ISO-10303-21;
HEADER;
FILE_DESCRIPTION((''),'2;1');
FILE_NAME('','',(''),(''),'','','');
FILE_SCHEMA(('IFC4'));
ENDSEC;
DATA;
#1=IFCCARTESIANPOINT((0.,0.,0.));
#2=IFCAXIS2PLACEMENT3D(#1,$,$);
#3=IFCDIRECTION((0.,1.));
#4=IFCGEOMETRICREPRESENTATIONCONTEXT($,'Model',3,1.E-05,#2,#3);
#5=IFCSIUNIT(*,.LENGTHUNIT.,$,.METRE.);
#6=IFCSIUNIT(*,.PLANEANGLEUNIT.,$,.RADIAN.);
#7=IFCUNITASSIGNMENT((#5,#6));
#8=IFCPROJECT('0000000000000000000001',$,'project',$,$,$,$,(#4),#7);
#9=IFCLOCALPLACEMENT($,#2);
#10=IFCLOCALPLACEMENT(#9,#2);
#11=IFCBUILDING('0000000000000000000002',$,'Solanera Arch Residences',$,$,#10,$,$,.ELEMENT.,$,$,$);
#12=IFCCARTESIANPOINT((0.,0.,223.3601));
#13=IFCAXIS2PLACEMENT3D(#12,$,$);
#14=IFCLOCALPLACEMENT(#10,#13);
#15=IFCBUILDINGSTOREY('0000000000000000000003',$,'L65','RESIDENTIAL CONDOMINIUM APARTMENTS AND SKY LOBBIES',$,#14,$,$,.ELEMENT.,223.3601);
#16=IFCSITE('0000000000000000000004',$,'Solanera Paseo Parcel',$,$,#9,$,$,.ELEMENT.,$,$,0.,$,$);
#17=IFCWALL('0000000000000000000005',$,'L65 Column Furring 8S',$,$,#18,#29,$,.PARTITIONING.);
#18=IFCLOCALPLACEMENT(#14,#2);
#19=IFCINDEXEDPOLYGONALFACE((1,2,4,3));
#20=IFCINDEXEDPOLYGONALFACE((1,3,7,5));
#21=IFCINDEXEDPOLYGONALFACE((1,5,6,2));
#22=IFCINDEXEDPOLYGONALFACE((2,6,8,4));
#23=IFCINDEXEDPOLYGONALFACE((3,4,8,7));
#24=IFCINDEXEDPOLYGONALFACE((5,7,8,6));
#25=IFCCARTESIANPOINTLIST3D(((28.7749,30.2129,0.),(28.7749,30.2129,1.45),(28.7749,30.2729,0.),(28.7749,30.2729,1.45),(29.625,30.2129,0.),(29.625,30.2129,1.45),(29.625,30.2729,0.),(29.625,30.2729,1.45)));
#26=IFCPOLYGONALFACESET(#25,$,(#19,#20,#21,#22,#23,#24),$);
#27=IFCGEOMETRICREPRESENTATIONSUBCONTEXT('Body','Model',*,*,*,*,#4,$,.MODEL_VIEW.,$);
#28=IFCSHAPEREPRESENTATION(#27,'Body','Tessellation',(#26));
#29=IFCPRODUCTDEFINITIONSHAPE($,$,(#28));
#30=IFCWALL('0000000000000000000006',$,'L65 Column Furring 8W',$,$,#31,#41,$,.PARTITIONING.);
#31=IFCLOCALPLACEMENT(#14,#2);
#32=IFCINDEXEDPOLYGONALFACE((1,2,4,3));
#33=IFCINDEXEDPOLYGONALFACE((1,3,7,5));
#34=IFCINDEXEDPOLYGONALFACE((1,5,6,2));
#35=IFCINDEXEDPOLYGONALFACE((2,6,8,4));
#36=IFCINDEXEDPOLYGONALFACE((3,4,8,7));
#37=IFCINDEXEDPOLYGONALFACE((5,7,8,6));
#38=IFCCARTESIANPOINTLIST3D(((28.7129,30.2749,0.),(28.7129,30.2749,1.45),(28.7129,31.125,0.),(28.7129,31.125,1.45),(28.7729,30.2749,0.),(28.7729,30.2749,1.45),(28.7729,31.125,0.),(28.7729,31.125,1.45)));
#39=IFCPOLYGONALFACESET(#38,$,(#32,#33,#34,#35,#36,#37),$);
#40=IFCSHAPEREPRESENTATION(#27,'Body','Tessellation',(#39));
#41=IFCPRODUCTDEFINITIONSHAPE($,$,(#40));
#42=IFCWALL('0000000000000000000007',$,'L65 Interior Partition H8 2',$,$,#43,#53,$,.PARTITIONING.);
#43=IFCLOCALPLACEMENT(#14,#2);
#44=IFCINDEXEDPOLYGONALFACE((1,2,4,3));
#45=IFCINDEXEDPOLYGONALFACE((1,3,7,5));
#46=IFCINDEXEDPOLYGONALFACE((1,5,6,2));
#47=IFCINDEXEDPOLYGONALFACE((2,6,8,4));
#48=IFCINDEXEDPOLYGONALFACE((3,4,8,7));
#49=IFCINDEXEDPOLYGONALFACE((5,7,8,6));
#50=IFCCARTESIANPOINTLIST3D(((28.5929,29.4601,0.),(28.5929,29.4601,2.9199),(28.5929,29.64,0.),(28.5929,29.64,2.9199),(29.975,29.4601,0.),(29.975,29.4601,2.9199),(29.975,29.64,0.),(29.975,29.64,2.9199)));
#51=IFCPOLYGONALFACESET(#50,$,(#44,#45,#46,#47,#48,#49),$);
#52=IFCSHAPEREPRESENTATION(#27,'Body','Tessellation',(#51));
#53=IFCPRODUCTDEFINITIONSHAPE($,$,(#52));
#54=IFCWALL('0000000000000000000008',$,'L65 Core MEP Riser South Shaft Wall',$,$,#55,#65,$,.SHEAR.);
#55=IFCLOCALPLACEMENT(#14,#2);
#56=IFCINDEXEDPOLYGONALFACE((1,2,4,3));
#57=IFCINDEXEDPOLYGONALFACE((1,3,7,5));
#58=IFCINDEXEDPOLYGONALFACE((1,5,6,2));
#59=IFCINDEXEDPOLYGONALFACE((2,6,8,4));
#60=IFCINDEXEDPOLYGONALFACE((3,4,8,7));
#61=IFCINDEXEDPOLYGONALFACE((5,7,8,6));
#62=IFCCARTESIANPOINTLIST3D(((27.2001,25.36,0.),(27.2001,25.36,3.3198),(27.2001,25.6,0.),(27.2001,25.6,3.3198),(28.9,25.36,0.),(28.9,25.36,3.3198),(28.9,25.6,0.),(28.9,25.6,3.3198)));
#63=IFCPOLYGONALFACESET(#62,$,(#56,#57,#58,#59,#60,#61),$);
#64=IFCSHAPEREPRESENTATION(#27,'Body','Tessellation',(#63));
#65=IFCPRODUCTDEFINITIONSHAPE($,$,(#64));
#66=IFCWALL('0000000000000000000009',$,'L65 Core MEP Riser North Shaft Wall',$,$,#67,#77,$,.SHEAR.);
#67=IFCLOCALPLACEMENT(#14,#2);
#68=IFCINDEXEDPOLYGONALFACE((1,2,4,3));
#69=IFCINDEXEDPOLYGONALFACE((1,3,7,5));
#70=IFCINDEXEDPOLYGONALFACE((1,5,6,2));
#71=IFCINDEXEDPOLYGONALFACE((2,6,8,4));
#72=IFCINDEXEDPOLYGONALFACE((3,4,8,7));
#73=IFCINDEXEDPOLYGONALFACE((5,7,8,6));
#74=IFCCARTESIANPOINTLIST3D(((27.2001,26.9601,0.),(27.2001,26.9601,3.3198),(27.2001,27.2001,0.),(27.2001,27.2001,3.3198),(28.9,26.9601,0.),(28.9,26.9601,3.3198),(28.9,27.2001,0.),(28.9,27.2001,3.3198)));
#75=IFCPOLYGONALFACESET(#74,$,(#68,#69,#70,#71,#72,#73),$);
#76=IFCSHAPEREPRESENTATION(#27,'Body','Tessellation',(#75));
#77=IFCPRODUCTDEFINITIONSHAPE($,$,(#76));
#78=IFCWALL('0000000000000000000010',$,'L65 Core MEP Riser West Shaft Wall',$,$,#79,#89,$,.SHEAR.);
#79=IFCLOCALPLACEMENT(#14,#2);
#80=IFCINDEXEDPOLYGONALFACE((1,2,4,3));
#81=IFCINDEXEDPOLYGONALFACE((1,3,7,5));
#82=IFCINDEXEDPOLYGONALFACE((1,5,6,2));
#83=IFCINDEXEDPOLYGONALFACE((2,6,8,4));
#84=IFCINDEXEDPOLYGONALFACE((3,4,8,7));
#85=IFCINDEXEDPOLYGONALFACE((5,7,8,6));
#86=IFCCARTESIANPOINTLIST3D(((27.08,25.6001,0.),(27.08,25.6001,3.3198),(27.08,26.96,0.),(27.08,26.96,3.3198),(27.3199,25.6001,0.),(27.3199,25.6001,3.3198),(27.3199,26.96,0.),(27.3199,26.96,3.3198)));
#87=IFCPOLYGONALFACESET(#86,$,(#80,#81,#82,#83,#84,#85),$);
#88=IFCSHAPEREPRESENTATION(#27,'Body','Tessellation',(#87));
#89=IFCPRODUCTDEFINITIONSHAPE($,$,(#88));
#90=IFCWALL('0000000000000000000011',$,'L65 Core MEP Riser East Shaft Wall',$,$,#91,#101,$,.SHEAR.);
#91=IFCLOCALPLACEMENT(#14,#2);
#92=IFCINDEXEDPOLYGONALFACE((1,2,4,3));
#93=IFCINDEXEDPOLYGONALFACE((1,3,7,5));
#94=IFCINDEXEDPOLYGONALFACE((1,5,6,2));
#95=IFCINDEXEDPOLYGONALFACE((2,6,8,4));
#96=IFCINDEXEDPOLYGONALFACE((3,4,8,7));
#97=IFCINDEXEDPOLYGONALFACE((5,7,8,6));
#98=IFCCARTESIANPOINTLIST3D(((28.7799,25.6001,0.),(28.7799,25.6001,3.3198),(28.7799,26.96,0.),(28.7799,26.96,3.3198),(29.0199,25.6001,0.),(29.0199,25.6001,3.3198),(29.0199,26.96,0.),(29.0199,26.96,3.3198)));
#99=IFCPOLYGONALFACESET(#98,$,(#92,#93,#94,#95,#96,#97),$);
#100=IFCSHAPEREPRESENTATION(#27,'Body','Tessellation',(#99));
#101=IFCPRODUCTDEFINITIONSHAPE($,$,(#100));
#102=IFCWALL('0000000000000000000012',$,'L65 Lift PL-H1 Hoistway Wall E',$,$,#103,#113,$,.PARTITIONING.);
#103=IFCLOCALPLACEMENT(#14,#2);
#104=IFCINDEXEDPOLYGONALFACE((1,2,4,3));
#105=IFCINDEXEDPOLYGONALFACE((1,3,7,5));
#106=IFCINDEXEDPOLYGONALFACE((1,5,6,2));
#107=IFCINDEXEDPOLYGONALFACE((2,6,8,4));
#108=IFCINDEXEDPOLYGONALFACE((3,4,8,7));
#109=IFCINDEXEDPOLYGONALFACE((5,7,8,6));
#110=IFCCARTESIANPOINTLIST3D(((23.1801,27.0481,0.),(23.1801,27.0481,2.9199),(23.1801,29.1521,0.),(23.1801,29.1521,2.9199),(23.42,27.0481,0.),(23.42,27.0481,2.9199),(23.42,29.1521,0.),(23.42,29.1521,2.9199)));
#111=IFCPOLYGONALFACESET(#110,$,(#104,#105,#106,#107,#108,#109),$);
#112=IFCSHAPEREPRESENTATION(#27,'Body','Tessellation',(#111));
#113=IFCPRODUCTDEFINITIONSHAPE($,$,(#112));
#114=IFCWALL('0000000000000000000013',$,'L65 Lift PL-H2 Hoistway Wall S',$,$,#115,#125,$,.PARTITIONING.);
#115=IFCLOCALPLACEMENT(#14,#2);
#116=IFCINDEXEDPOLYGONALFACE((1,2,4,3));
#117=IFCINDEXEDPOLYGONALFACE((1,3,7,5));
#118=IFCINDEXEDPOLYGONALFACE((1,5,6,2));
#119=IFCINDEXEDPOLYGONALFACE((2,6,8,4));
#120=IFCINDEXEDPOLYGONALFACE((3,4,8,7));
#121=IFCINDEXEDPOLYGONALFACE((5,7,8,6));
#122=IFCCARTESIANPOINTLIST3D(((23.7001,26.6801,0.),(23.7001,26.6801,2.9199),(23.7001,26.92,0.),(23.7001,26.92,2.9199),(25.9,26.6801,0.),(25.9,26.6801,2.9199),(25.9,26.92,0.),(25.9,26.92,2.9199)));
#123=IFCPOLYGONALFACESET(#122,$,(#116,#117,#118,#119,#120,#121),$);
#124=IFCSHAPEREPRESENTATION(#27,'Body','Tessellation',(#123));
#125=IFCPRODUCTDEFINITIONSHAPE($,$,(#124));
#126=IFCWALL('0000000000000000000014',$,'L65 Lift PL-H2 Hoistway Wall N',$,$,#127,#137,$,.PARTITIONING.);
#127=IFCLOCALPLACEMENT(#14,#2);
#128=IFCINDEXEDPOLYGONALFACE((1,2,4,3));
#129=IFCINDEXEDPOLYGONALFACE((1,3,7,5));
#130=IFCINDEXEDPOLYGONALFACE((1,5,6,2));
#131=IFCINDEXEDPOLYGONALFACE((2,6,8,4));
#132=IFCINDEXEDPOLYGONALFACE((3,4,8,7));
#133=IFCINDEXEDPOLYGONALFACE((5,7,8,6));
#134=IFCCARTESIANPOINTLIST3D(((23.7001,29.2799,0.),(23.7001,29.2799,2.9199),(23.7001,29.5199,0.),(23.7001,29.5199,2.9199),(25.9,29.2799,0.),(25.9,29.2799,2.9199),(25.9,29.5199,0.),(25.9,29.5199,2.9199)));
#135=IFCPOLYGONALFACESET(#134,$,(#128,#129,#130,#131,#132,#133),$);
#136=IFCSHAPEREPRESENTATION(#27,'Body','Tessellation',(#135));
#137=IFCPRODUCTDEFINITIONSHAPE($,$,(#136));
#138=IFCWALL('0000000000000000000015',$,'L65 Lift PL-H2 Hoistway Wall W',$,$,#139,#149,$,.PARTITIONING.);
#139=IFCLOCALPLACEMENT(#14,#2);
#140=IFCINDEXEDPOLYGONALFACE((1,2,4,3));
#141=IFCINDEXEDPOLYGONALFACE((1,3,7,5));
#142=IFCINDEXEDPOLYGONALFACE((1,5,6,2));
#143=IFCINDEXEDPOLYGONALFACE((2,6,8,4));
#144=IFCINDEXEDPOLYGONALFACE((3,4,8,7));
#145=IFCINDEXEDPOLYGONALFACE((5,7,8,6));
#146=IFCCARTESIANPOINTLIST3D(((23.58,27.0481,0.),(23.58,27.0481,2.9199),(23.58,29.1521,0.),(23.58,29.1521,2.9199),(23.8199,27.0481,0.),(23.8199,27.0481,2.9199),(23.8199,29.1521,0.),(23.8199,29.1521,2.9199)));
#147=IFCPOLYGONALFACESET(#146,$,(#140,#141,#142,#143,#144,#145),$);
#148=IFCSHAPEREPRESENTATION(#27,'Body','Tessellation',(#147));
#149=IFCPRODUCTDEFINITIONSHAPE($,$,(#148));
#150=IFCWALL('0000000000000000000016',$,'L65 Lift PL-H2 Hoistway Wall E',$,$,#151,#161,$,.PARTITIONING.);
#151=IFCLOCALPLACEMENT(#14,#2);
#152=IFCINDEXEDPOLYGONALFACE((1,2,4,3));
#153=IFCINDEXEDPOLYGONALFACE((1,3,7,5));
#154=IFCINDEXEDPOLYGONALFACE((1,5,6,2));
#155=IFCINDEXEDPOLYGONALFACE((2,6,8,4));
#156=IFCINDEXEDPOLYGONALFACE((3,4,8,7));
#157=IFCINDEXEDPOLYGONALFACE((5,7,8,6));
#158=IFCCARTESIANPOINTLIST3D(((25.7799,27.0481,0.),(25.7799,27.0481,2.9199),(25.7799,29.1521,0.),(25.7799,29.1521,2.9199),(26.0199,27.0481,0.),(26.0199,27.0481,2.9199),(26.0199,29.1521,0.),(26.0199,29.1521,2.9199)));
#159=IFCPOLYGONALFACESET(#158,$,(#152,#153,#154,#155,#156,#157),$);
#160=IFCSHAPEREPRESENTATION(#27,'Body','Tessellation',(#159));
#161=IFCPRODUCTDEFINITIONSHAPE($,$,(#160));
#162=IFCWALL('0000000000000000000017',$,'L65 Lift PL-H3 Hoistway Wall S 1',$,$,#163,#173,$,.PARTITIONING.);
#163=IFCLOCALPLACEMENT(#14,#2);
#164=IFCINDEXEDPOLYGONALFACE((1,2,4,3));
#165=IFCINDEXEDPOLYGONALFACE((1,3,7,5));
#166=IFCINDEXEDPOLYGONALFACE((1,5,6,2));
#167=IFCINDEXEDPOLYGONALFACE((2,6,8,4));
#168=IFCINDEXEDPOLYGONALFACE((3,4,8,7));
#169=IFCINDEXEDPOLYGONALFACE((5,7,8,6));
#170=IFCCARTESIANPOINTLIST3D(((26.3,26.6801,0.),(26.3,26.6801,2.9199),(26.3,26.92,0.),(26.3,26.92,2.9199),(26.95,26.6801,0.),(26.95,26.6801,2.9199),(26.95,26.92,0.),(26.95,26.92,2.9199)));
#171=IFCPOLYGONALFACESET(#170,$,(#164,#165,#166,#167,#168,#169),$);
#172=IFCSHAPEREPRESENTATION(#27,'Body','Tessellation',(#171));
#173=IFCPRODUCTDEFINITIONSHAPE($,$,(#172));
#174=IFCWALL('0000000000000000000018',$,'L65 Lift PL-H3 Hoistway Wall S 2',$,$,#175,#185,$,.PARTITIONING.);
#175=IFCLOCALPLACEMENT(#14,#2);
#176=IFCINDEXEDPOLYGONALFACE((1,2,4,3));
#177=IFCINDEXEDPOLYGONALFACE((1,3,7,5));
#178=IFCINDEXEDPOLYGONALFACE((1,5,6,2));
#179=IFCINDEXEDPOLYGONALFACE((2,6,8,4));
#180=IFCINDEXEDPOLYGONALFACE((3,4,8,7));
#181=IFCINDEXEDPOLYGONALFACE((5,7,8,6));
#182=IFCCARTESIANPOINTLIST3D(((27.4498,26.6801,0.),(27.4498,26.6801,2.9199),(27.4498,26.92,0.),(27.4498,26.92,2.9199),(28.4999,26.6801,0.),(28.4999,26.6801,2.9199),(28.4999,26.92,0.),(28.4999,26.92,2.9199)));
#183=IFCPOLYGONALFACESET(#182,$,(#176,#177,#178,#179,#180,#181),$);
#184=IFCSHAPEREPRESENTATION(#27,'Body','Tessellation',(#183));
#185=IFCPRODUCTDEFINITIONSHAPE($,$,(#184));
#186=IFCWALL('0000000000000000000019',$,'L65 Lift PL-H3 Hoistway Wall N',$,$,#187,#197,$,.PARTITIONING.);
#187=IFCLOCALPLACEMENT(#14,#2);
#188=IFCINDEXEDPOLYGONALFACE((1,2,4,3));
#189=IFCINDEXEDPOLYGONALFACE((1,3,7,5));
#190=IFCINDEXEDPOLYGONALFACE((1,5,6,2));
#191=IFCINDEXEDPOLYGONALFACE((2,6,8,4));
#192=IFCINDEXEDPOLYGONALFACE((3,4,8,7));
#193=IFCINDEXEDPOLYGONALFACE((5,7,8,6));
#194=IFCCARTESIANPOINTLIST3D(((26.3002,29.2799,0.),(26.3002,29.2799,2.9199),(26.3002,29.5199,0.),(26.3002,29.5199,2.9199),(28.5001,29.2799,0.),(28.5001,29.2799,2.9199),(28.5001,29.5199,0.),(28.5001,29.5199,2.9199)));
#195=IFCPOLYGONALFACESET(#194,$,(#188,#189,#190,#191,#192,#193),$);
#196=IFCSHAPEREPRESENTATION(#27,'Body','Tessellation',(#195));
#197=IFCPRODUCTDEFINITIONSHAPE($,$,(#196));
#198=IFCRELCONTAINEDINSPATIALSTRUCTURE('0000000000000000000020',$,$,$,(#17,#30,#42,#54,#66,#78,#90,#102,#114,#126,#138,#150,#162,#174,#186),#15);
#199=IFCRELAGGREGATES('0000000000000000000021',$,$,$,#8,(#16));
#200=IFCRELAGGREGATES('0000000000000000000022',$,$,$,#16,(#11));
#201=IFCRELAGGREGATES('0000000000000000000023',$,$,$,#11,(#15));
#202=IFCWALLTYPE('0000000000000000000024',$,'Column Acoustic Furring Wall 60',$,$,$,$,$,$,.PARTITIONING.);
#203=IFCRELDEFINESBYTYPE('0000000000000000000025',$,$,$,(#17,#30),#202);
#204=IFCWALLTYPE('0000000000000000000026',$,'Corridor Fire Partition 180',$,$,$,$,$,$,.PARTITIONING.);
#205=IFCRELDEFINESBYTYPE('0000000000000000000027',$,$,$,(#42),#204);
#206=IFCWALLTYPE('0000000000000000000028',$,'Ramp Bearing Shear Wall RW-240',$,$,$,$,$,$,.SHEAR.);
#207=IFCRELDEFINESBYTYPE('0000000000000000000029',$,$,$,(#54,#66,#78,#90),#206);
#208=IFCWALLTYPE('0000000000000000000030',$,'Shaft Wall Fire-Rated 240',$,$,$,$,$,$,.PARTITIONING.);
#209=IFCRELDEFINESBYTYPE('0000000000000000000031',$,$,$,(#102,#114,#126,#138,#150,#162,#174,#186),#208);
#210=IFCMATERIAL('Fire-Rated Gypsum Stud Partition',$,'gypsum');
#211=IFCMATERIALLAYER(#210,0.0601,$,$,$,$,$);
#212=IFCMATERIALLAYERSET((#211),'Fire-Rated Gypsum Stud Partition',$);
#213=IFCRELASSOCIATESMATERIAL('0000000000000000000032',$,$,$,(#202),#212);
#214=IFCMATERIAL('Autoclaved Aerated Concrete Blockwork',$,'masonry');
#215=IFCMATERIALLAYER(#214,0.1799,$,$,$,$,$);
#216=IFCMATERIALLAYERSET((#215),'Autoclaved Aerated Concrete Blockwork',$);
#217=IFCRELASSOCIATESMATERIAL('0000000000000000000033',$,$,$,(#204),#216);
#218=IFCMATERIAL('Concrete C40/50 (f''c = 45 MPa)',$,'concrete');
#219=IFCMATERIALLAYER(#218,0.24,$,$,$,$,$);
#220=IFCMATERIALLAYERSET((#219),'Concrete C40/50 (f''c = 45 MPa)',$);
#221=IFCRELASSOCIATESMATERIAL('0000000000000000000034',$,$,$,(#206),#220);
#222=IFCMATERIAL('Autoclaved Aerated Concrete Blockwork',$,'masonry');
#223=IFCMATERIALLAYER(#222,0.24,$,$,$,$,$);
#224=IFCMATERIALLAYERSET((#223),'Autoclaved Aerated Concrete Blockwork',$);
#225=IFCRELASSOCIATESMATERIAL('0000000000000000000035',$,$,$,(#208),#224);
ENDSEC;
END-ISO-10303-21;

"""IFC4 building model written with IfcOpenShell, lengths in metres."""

from ifc_helpers import new_model, si_unit, direction, frame, frame_2d, origin, place, context, subcontext, project, spatial, rectangle, extrude, material, layer, layer_set, type_object, element, save


model = new_model("IFC4")

# Units and contexts
model_context = context("Model", 3, precision=1e-05, world=origin(), true_north=direction((0.0, 1.0)))
body_context = subcontext(model_context, "Body", "Model", "MODEL_VIEW")
ifc_project = project(units=[si_unit("LENGTHUNIT", "METRE"), si_unit("PLANEANGLEUNIT", "RADIAN")], contexts=[model_context])

# Site, building, storey
site_placement = place(None, origin())
site = spatial("IfcSite", under=ifc_project, at=site_placement, Name="Solanera Paseo Parcel", CompositionType="ELEMENT", RefElevation=0.0)
building_placement = place(site_placement, origin())
building = spatial("IfcBuilding", under=site, at=building_placement, Name="Solanera Arch Residences", CompositionType="ELEMENT")
storey_placement = place(building_placement, frame((0.0, 0.0, 223.3601)))
storey = spatial("IfcBuildingStorey", under=building, at=storey_placement, Name="L65", Description="RESIDENTIAL CONDOMINIUM APARTMENTS AND SKY LOBBIES", CompositionType="ELEMENT", Elevation=223.3601)

# Walls
ifc_material_1 = material(Name="Fire-Rated Gypsum Stud Partition", Category="gypsum")
ifc_layer_1 = layer(ifc_material_1, 0.0601)
ifc_layer_set_1 = layer_set([ifc_layer_1], Name="Fire-Rated Gypsum Stud Partition")
wall_type_1 = type_object("IfcWallType", Name="Column Acoustic Furring Wall 60", PredefinedType="PARTITIONING", material=ifc_layer_set_1)
for number, where, z_axis, x_axis, name in (
    (1, (28.7749, 30.2429, 0.0), (0.0, 0.0, 1.0), (1.0, 0.0, 0.0), "L65 Column Furring 8S"),
    (2, (28.7429, 30.2749, 0.0), (0.0, 0.0, 1.0), (0.0, 1.0, 0.0), "L65 Column Furring 8W"),
):
    element("IfcWall", number, at=place(storey_placement, frame(where, z_axis=z_axis, x_axis=x_axis)), inside=storey, type_object=wall_type_1, Name=name, PredefinedType="PARTITIONING", context=body_context, shape_type="SweptSolid", body=[
        extrude(rectangle(XDim=0.8501, YDim=0.0601, at=frame_2d((0.425, 0.0))), origin(), (0.0, 0.0, 1.0), 1.45),
    ])
ifc_material_2 = material(Name="Autoclaved Aerated Concrete Blockwork", Category="masonry")
ifc_layer_2 = layer(ifc_material_2, 0.1799)
ifc_layer_set_2 = layer_set([ifc_layer_2], Name="Autoclaved Aerated Concrete Blockwork")
wall_type_2 = type_object("IfcWallType", Name="Corridor Fire Partition 180", PredefinedType="PARTITIONING", material=ifc_layer_set_2)
wall_1_placement = place(storey_placement, frame((28.593, 29.55, 0.0), z_axis=(0.0, 0.0, 1.0), x_axis=(1.0, 0.0, 0.0)))
element("IfcWall", 3, at=wall_1_placement, inside=storey, type_object=wall_type_2, Name="L65 Interior Partition H8 2", PredefinedType="PARTITIONING", context=body_context, shape_type="SweptSolid", body=[
    extrude(rectangle(XDim=1.3821, YDim=0.1799, at=frame_2d((0.6909, 0.0))), origin(), (0.0, 0.0, 1.0), 2.9199),
])
ifc_material_3 = material(Name="Concrete C40/50 (f'c = 45 MPa)", Category="concrete")
ifc_layer_3 = layer(ifc_material_3, 0.24)
ifc_layer_set_3 = layer_set([ifc_layer_3], Name="Concrete C40/50 (f'c = 45 MPa)")
wall_type_3 = type_object("IfcWallType", Name="Ramp Bearing Shear Wall RW-240", PredefinedType="SHEAR", material=ifc_layer_set_3)
for number, where, z_axis, x_axis, name in (
    (4, (27.2, 25.48, 0.0), (0.0, 0.0, 1.0), (1.0, 0.0, 0.0), "L65 Core MEP Riser South Shaft Wall"),
    (5, (27.2, 27.0801, 0.0), (0.0, 0.0, 1.0), (1.0, 0.0, 0.0), "L65 Core MEP Riser North Shaft Wall"),
):
    element("IfcWall", number, at=place(storey_placement, frame(where, z_axis=z_axis, x_axis=x_axis)), inside=storey, type_object=wall_type_3, Name=name, PredefinedType="SHEAR", context=body_context, shape_type="SweptSolid", body=[
        extrude(rectangle(XDim=1.7, YDim=0.24, at=frame_2d((0.8501, 0.0))), origin(), (0.0, 0.0, 1.0), 3.3198),
    ])
for number, where, z_axis, x_axis, name in (
    (6, (27.2, 25.6001, 0.0), (0.0, 0.0, 1.0), (0.0, 1.0, 0.0), "L65 Core MEP Riser West Shaft Wall"),
    (7, (28.8999, 25.6001, 0.0), (0.0, 0.0, 1.0), (0.0, 1.0, 0.0), "L65 Core MEP Riser East Shaft Wall"),
):
    element("IfcWall", number, at=place(storey_placement, frame(where, z_axis=z_axis, x_axis=x_axis)), inside=storey, type_object=wall_type_3, Name=name, PredefinedType="SHEAR", context=body_context, shape_type="SweptSolid", body=[
        extrude(rectangle(XDim=1.3599, YDim=0.24, at=frame_2d((0.6799, 0.0))), origin(), (0.0, 0.0, 1.0), 3.3198),
    ])
ifc_material_4 = material(Name="Autoclaved Aerated Concrete Blockwork", Category="masonry")
ifc_layer_4 = layer(ifc_material_4, 0.24)
ifc_layer_set_4 = layer_set([ifc_layer_4], Name="Autoclaved Aerated Concrete Blockwork")
wall_type_4 = type_object("IfcWallType", Name="Shaft Wall Fire-Rated 240", PredefinedType="PARTITIONING", material=ifc_layer_set_4)
wall_2_placement = place(storey_placement, frame((23.3, 27.0481, 0.0), z_axis=(0.0, 0.0, 1.0), x_axis=(0.0, 1.0, 0.0)))
element("IfcWall", 8, at=wall_2_placement, inside=storey, type_object=wall_type_4, Name="L65 Lift PL-H1 Hoistway Wall E", PredefinedType="PARTITIONING", context=body_context, shape_type="SweptSolid", body=[
    extrude(rectangle(XDim=2.104, YDim=0.24, at=frame_2d((1.052, 0.0))), origin(), (0.0, 0.0, 1.0), 2.9199),
])
for number, where, z_axis, x_axis, name in (
    (9, (23.7, 26.8, 0.0), (0.0, 0.0, 1.0), (1.0, 0.0, 0.0), "L65 Lift PL-H2 Hoistway Wall S"),
    (10, (23.7, 29.3999, 0.0), (0.0, 0.0, 1.0), (1.0, 0.0, 0.0), "L65 Lift PL-H2 Hoistway Wall N"),
):
    element("IfcWall", number, at=place(storey_placement, frame(where, z_axis=z_axis, x_axis=x_axis)), inside=storey, type_object=wall_type_4, Name=name, PredefinedType="PARTITIONING", context=body_context, shape_type="SweptSolid", body=[
        extrude(rectangle(XDim=2.2, YDim=0.24, at=frame_2d((1.1001, 0.0))), origin(), (0.0, 0.0, 1.0), 2.9199),
    ])
for number, where, z_axis, x_axis, name in (
    (11, (23.7, 27.0481, 0.0), (0.0, 0.0, 1.0), (0.0, 1.0, 0.0), "L65 Lift PL-H2 Hoistway Wall W"),
    (12, (25.8999, 27.0481, 0.0), (0.0, 0.0, 1.0), (0.0, 1.0, 0.0), "L65 Lift PL-H2 Hoistway Wall E"),
):
    element("IfcWall", number, at=place(storey_placement, frame(where, z_axis=z_axis, x_axis=x_axis)), inside=storey, type_object=wall_type_4, Name=name, PredefinedType="PARTITIONING", context=body_context, shape_type="SweptSolid", body=[
        extrude(rectangle(XDim=2.104, YDim=0.24, at=frame_2d((1.052, 0.0))), origin(), (0.0, 0.0, 1.0), 2.9199),
    ])
wall_3_placement = place(storey_placement, frame((26.3, 26.8, 0.0), z_axis=(0.0, 0.0, 1.0), x_axis=(1.0, 0.0, 0.0)))
element("IfcWall", 13, at=wall_3_placement, inside=storey, type_object=wall_type_4, Name="L65 Lift PL-H3 Hoistway Wall S 1", PredefinedType="PARTITIONING", context=body_context, shape_type="SweptSolid", body=[
    extrude(rectangle(XDim=0.6499, YDim=0.24, at=frame_2d((0.325, 0.0))), origin(), (0.0, 0.0, 1.0), 2.9199),
])
wall_4_placement = place(storey_placement, frame((27.45, 26.8, 0.0), z_axis=(0.0, 0.0, 1.0), x_axis=(1.0, 0.0, 0.0)))
element("IfcWall", 14, at=wall_4_placement, inside=storey, type_object=wall_type_4, Name="L65 Lift PL-H3 Hoistway Wall S 2", PredefinedType="PARTITIONING", context=body_context, shape_type="SweptSolid", body=[
    extrude(rectangle(XDim=1.05, YDim=0.24, at=frame_2d((0.5249, 0.0))), origin(), (0.0, 0.0, 1.0), 2.9199),
])
wall_5_placement = place(storey_placement, frame((26.3, 29.3999, 0.0), z_axis=(0.0, 0.0, 1.0), x_axis=(1.0, 0.0, 0.0)))
element("IfcWall", 15, at=wall_5_placement, inside=storey, type_object=wall_type_4, Name="L65 Lift PL-H3 Hoistway Wall N", PredefinedType="PARTITIONING", context=body_context, shape_type="SweptSolid", body=[
    extrude(rectangle(XDim=2.2, YDim=0.24, at=frame_2d((1.1001, 0.0))), origin(), (0.0, 0.0, 1.0), 2.9199),
])

save(model, "model.ifc")
